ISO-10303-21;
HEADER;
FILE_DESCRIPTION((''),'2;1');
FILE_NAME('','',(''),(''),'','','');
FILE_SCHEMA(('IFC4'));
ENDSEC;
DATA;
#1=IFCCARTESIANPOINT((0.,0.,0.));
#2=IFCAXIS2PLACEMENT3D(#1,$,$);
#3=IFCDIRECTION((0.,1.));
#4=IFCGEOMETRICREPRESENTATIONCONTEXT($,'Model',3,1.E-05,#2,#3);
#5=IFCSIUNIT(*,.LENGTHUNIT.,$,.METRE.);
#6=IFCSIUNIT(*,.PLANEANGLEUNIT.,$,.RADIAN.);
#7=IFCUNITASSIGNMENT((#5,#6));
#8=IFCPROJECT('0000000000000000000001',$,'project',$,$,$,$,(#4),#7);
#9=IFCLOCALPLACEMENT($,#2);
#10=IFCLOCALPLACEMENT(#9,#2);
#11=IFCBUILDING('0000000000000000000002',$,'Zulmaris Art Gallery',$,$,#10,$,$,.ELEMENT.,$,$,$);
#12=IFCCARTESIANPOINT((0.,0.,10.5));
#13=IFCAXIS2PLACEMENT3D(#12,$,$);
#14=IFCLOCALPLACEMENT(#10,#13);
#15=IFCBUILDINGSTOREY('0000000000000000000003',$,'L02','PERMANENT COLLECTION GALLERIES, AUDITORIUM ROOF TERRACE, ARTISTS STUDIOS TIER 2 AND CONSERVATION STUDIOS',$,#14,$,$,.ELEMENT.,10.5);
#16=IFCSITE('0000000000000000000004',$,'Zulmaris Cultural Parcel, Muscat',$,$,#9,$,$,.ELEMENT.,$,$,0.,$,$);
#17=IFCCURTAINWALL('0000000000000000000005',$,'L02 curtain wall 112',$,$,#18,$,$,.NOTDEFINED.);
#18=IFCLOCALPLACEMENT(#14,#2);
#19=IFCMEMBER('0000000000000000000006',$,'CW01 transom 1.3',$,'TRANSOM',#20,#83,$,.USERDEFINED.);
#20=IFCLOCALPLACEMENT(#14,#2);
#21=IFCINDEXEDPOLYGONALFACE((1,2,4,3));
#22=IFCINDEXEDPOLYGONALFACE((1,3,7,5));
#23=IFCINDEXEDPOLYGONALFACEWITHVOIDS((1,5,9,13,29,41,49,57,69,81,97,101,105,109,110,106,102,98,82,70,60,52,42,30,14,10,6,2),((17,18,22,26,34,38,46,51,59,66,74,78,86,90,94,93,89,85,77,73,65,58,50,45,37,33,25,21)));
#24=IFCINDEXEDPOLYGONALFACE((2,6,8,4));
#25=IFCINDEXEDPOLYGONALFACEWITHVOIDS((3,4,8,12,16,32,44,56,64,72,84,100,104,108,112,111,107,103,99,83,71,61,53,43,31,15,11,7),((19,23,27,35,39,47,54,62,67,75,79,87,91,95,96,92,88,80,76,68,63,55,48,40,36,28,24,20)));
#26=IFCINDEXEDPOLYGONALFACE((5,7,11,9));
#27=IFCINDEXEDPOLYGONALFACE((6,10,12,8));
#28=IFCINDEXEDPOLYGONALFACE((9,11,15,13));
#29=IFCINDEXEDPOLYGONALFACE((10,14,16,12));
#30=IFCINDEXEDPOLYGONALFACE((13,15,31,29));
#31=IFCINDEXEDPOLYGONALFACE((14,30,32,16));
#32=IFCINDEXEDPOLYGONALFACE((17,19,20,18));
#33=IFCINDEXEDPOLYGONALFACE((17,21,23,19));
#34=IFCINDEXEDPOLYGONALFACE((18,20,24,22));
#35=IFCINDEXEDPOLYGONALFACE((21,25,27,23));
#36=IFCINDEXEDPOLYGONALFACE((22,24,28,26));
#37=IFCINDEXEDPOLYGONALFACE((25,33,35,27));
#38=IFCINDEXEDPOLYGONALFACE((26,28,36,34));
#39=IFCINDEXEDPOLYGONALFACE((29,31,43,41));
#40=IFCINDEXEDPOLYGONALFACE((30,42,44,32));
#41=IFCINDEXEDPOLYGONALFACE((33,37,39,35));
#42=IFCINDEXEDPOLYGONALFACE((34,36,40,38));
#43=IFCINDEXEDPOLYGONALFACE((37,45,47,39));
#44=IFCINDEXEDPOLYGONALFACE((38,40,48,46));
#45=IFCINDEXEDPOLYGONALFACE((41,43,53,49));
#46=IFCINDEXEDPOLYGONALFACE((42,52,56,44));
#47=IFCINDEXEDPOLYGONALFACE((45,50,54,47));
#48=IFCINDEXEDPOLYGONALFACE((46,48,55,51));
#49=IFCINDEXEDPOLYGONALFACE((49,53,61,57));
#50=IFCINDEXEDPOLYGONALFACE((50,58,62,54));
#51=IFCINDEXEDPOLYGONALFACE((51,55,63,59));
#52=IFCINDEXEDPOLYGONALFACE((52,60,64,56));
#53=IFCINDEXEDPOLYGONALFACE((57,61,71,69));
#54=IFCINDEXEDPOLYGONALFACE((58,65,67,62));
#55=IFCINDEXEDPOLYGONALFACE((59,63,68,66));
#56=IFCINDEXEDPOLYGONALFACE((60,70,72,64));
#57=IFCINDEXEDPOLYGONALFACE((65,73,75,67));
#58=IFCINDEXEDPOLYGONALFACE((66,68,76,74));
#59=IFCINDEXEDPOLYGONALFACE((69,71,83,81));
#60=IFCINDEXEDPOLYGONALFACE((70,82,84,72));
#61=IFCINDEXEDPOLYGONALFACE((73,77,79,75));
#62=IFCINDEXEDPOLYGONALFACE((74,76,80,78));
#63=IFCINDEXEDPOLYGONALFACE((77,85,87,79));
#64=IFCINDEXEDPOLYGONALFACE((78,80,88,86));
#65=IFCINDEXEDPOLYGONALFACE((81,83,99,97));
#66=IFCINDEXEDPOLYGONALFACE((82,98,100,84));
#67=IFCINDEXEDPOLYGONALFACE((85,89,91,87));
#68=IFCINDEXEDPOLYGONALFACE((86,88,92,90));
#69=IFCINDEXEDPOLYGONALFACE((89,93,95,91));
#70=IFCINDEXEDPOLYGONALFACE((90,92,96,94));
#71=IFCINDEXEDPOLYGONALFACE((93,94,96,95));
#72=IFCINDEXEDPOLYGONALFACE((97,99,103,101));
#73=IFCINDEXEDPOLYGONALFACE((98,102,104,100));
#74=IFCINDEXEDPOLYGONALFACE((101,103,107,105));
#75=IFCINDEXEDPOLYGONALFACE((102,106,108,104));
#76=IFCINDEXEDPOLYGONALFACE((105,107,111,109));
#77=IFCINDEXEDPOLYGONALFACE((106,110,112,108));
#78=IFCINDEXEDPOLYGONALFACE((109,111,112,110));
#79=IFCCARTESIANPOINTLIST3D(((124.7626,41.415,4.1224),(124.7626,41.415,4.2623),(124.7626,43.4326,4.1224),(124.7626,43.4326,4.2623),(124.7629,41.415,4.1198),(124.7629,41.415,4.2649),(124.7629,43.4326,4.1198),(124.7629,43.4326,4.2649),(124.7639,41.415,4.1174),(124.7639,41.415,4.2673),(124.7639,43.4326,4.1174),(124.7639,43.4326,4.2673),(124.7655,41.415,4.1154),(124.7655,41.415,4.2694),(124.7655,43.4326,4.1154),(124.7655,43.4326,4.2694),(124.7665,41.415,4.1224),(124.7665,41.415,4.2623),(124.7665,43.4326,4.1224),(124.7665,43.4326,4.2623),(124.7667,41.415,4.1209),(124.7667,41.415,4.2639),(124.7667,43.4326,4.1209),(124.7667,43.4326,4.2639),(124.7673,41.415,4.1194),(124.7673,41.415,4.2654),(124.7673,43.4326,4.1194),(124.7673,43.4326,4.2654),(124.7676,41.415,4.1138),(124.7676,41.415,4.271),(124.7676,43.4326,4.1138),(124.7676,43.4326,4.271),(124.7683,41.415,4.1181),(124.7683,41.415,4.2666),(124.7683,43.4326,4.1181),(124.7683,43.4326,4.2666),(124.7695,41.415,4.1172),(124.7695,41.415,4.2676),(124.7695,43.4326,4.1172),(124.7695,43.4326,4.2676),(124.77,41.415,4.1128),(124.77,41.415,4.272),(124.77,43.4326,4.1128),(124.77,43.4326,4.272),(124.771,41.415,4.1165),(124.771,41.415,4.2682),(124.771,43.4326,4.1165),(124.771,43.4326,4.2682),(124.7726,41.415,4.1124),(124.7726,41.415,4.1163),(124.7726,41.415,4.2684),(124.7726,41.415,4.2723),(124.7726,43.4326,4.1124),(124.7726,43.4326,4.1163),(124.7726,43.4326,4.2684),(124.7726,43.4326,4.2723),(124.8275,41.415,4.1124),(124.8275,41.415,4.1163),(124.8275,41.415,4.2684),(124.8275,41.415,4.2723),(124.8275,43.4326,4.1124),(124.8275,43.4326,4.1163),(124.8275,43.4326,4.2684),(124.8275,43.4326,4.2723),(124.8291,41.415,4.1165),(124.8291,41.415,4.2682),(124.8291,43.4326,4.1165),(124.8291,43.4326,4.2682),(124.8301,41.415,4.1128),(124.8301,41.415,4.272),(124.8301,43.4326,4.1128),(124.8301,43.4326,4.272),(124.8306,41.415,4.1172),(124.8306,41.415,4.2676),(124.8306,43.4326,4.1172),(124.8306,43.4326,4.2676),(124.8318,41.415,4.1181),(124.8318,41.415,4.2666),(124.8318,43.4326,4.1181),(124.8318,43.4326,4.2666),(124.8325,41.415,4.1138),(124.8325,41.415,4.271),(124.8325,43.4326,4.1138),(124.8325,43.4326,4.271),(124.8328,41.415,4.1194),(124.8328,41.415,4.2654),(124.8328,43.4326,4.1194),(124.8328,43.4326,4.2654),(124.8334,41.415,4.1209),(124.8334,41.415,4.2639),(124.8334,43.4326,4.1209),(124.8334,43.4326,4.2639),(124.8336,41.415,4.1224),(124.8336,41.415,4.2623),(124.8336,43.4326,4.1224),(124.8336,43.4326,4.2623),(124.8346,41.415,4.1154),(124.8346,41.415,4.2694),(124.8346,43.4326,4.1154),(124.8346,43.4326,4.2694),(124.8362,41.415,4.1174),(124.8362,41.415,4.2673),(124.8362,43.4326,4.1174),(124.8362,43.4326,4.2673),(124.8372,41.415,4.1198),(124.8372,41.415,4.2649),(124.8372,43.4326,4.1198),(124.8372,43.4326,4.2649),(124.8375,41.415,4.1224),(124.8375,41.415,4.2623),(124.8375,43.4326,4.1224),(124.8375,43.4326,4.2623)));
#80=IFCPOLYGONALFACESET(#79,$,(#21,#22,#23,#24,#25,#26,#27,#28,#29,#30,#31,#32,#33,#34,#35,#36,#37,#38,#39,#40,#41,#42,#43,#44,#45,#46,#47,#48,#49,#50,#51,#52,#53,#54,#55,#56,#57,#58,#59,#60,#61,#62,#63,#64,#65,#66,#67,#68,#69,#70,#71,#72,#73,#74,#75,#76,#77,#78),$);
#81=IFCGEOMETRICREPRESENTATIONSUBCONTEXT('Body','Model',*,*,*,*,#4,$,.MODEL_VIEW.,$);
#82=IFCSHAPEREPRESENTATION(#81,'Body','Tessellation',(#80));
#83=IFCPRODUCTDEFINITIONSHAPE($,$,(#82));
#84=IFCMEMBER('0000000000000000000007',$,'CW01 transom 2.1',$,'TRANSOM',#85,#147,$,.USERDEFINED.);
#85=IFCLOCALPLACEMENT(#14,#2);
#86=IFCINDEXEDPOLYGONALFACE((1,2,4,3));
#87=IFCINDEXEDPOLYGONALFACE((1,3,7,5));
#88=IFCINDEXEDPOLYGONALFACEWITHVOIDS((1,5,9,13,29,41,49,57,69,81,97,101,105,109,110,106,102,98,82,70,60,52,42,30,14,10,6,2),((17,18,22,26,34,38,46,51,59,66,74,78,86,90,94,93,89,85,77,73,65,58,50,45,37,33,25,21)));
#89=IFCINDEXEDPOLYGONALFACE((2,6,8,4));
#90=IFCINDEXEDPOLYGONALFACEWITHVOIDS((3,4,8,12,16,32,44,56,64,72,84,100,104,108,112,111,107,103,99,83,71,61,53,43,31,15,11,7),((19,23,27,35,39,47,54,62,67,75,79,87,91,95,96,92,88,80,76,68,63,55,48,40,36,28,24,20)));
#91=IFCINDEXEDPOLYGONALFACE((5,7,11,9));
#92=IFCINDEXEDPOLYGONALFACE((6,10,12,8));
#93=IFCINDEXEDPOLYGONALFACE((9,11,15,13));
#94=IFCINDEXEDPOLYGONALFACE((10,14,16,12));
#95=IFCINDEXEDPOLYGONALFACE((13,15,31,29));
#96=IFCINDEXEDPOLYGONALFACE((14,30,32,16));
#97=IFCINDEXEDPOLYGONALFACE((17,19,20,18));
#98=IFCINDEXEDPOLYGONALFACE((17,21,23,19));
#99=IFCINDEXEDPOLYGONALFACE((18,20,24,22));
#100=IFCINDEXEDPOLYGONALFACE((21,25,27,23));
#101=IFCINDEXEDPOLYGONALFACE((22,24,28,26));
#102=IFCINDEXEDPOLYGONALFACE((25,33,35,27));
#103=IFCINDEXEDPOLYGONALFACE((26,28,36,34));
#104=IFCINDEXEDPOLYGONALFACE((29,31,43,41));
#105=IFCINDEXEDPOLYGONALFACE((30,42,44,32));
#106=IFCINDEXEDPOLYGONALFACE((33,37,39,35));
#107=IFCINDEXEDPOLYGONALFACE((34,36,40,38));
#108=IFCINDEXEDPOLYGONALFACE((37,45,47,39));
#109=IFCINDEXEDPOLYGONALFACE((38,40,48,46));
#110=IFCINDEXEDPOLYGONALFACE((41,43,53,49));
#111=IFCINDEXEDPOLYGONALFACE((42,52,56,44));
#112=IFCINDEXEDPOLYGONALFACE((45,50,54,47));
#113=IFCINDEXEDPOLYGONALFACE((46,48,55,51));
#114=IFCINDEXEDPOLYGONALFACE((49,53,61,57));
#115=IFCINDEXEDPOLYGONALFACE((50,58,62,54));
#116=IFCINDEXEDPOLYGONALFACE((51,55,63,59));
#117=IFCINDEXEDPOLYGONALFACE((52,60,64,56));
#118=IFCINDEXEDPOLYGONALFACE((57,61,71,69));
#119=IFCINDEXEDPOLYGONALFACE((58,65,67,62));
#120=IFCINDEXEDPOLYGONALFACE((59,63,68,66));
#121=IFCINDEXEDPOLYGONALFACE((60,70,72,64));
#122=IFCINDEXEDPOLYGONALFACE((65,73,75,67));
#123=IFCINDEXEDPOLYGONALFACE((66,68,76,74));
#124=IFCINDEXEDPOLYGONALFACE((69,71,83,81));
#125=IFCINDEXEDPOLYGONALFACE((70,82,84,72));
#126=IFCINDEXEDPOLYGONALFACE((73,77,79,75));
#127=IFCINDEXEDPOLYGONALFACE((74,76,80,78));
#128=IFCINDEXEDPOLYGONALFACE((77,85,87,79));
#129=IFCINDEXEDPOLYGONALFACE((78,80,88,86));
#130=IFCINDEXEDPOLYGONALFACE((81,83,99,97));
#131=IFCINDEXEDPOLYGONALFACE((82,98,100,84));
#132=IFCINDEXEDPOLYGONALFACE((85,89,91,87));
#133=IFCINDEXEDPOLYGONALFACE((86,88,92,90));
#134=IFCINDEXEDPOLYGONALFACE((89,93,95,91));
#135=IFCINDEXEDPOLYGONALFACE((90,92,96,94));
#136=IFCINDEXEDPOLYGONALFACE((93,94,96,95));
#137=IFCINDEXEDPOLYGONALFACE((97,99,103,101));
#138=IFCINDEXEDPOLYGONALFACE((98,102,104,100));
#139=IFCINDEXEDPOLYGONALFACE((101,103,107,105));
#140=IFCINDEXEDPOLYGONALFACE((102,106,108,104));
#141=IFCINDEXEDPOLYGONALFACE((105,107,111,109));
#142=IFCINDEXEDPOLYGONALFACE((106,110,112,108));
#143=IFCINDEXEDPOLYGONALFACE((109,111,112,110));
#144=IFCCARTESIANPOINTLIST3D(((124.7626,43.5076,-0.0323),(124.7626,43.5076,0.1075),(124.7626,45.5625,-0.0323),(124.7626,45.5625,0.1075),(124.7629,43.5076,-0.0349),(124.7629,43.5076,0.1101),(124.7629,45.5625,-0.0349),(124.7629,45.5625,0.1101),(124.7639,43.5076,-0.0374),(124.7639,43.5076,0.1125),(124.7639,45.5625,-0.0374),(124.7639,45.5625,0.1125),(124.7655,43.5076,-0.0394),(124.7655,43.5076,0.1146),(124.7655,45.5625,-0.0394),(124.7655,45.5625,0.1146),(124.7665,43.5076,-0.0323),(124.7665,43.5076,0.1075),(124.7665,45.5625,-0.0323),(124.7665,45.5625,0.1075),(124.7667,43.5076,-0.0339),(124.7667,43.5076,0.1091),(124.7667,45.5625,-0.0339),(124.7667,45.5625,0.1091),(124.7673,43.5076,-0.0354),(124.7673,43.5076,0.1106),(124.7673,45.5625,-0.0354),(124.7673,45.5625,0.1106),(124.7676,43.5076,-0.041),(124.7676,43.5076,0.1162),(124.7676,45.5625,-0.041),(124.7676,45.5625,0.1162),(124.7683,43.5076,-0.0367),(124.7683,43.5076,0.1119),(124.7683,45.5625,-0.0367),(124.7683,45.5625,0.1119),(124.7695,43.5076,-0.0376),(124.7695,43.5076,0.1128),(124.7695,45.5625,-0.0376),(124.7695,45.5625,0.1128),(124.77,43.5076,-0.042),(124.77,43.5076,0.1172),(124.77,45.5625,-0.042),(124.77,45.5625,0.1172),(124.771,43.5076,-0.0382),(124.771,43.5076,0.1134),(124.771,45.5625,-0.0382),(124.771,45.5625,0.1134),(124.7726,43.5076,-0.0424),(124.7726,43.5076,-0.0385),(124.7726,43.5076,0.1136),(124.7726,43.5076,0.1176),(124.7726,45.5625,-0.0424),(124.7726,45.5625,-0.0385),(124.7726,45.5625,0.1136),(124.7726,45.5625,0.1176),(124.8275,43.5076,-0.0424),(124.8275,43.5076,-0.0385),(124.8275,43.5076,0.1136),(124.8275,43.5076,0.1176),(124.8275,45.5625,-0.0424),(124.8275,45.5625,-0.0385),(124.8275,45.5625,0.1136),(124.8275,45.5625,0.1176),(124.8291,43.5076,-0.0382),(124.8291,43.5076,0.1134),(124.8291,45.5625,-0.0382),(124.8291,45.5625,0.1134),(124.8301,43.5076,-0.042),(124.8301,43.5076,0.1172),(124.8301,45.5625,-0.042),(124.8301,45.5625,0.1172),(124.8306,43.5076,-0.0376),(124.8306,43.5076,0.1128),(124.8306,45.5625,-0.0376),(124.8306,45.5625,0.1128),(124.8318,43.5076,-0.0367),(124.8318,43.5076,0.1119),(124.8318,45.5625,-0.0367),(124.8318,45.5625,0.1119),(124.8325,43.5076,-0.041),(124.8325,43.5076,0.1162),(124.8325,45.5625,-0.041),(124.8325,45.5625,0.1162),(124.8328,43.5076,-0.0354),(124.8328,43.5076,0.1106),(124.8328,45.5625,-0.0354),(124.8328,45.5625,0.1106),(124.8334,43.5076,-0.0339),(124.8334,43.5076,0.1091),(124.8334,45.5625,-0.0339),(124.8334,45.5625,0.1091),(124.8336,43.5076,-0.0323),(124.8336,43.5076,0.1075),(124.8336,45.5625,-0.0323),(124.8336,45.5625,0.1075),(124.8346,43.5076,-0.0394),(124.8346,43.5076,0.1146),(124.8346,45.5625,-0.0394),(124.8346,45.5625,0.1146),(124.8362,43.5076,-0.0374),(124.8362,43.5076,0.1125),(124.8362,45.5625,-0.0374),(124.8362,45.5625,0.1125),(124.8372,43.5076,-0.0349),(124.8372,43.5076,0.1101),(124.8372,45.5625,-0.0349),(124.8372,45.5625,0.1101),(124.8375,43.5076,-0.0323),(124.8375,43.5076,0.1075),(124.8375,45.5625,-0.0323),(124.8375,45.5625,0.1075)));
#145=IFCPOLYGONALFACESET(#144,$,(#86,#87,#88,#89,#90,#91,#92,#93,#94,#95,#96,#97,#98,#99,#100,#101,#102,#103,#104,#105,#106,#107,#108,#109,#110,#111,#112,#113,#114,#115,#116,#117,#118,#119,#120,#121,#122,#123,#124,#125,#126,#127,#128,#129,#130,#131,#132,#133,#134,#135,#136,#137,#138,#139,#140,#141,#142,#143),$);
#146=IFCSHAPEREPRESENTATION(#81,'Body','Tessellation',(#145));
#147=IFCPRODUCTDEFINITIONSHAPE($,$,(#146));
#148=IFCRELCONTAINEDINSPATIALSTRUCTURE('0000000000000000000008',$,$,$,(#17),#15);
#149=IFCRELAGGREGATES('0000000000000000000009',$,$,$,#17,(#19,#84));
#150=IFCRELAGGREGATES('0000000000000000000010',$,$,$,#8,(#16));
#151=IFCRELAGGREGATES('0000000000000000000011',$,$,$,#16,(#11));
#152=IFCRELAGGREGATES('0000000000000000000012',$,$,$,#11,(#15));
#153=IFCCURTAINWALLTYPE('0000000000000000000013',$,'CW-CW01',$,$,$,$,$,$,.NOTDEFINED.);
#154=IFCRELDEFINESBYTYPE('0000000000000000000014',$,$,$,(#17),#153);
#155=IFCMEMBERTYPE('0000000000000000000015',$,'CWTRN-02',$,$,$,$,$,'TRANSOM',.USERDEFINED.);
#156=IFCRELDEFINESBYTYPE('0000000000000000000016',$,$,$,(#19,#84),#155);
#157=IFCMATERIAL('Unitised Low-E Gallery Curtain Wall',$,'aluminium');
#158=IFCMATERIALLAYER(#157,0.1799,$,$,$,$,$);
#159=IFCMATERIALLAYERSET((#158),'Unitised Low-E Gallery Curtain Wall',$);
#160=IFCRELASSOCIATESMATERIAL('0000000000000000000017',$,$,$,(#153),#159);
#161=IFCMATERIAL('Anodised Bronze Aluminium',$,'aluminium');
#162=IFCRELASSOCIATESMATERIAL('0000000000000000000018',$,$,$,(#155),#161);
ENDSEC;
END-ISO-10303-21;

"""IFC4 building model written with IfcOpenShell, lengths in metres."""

from ifc_helpers import new_model, si_unit, direction, frame, origin, origin_2d, place, context, subcontext, project, spatial, hollow_rectangle, extrude, material, layer, layer_set, material_profile, profile_set, type_object, element, aggregate, save


model = new_model("IFC4")

# Units and contexts
model_context = context("Model", 3, precision=1e-05, world=origin(), true_north=direction((0.0, 1.0)))
body_context = subcontext(model_context, "Body", "Model", "MODEL_VIEW")
ifc_project = project(units=[si_unit("LENGTHUNIT", "METRE"), si_unit("PLANEANGLEUNIT", "RADIAN")], contexts=[model_context])

# Site, building, storey
site_placement = place(None, origin())
site = spatial("IfcSite", under=ifc_project, at=site_placement, Name="Zulmaris Cultural Parcel, Muscat", CompositionType="ELEMENT", RefElevation=0.0)
building_placement = place(site_placement, origin())
building = spatial("IfcBuilding", under=site, at=building_placement, Name="Zulmaris Art Gallery", CompositionType="ELEMENT")
storey_placement = place(building_placement, frame((0.0, 0.0, 10.5)))
storey = spatial("IfcBuildingStorey", under=building, at=storey_placement, Name="L02", Description="PERMANENT COLLECTION GALLERIES, AUDITORIUM ROOF TERRACE, ARTISTS STUDIOS TIER 2 AND CONSERVATION STUDIOS", CompositionType="ELEMENT", Elevation=10.5)

# Curtain wall
ifc_material_1 = material(Name="Unitised Low-E Gallery Curtain Wall", Category="aluminium")
ifc_layer_1 = layer(ifc_material_1, 0.1799)
ifc_layer_set_1 = layer_set([ifc_layer_1], Name="Unitised Low-E Gallery Curtain Wall")
curtain_wall_type = type_object("IfcCurtainWallType", Name="CW-CW01", PredefinedType="NOTDEFINED", material=ifc_layer_set_1)
curtain_wall_1_placement = place(storey_placement, origin())
curtain_wall_1 = element("IfcCurtainWall", 1, at=curtain_wall_1_placement, inside=storey, type_object=curtain_wall_type, Name="L02 curtain wall 112", PredefinedType="NOTDEFINED")
ifc_material_2 = material(Name="Anodised Bronze Aluminium", Category="aluminium")

# Members
ifc_material_profile_1 = material_profile(ifc_material_2, hollow_rectangle(XDim=0.075, YDim=0.1599, WallThickness=0.0039, InnerFilletRadius=0.0061, OuterFilletRadius=0.01, at=origin_2d()), Name="ALU 75x160x4")
ifc_profile_set_1 = profile_set([ifc_material_profile_1], Name="Anodised Bronze Aluminium")
member_type_1 = type_object("IfcMemberType", Name="CWTRN-02", ElementType="TRANSOM", PredefinedType="USERDEFINED", material=ifc_profile_set_1)
member_1_placement = place(storey_placement, frame((124.8, 41.415, 4.1924), z_axis=(0.0, 1.0, 0.0), x_axis=(-1.0, 0.0, 0.0)))
member_1 = element("IfcMember", 2, at=member_1_placement, type_object=member_type_1, Name="CW01 transom 1.3", ObjectType="TRANSOM", PredefinedType="USERDEFINED", context=body_context, shape_type="SweptSolid", body=[
    extrude(hollow_rectangle(XDim=0.075, YDim=0.1599, WallThickness=0.0039, InnerFilletRadius=0.0061, OuterFilletRadius=0.01, at=origin_2d()), origin(), (0.0, 0.0, 1.0), 2.0176),
])
member_2_placement = place(storey_placement, frame((124.8, 43.5076, 0.0376), z_axis=(0.0, 1.0, 0.0), x_axis=(-1.0, 0.0, 0.0)))
member_2 = element("IfcMember", 3, at=member_2_placement, type_object=member_type_1, Name="CW01 transom 2.1", ObjectType="TRANSOM", PredefinedType="USERDEFINED", context=body_context, shape_type="SweptSolid", body=[
    extrude(hollow_rectangle(XDim=0.075, YDim=0.1599, WallThickness=0.0039, InnerFilletRadius=0.0061, OuterFilletRadius=0.01, at=origin_2d()), origin(), (0.0, 0.0, 1.0), 2.0549),
])

aggregate(curtain_wall_1, [member_1, member_2])

save(model, "model.ifc")
